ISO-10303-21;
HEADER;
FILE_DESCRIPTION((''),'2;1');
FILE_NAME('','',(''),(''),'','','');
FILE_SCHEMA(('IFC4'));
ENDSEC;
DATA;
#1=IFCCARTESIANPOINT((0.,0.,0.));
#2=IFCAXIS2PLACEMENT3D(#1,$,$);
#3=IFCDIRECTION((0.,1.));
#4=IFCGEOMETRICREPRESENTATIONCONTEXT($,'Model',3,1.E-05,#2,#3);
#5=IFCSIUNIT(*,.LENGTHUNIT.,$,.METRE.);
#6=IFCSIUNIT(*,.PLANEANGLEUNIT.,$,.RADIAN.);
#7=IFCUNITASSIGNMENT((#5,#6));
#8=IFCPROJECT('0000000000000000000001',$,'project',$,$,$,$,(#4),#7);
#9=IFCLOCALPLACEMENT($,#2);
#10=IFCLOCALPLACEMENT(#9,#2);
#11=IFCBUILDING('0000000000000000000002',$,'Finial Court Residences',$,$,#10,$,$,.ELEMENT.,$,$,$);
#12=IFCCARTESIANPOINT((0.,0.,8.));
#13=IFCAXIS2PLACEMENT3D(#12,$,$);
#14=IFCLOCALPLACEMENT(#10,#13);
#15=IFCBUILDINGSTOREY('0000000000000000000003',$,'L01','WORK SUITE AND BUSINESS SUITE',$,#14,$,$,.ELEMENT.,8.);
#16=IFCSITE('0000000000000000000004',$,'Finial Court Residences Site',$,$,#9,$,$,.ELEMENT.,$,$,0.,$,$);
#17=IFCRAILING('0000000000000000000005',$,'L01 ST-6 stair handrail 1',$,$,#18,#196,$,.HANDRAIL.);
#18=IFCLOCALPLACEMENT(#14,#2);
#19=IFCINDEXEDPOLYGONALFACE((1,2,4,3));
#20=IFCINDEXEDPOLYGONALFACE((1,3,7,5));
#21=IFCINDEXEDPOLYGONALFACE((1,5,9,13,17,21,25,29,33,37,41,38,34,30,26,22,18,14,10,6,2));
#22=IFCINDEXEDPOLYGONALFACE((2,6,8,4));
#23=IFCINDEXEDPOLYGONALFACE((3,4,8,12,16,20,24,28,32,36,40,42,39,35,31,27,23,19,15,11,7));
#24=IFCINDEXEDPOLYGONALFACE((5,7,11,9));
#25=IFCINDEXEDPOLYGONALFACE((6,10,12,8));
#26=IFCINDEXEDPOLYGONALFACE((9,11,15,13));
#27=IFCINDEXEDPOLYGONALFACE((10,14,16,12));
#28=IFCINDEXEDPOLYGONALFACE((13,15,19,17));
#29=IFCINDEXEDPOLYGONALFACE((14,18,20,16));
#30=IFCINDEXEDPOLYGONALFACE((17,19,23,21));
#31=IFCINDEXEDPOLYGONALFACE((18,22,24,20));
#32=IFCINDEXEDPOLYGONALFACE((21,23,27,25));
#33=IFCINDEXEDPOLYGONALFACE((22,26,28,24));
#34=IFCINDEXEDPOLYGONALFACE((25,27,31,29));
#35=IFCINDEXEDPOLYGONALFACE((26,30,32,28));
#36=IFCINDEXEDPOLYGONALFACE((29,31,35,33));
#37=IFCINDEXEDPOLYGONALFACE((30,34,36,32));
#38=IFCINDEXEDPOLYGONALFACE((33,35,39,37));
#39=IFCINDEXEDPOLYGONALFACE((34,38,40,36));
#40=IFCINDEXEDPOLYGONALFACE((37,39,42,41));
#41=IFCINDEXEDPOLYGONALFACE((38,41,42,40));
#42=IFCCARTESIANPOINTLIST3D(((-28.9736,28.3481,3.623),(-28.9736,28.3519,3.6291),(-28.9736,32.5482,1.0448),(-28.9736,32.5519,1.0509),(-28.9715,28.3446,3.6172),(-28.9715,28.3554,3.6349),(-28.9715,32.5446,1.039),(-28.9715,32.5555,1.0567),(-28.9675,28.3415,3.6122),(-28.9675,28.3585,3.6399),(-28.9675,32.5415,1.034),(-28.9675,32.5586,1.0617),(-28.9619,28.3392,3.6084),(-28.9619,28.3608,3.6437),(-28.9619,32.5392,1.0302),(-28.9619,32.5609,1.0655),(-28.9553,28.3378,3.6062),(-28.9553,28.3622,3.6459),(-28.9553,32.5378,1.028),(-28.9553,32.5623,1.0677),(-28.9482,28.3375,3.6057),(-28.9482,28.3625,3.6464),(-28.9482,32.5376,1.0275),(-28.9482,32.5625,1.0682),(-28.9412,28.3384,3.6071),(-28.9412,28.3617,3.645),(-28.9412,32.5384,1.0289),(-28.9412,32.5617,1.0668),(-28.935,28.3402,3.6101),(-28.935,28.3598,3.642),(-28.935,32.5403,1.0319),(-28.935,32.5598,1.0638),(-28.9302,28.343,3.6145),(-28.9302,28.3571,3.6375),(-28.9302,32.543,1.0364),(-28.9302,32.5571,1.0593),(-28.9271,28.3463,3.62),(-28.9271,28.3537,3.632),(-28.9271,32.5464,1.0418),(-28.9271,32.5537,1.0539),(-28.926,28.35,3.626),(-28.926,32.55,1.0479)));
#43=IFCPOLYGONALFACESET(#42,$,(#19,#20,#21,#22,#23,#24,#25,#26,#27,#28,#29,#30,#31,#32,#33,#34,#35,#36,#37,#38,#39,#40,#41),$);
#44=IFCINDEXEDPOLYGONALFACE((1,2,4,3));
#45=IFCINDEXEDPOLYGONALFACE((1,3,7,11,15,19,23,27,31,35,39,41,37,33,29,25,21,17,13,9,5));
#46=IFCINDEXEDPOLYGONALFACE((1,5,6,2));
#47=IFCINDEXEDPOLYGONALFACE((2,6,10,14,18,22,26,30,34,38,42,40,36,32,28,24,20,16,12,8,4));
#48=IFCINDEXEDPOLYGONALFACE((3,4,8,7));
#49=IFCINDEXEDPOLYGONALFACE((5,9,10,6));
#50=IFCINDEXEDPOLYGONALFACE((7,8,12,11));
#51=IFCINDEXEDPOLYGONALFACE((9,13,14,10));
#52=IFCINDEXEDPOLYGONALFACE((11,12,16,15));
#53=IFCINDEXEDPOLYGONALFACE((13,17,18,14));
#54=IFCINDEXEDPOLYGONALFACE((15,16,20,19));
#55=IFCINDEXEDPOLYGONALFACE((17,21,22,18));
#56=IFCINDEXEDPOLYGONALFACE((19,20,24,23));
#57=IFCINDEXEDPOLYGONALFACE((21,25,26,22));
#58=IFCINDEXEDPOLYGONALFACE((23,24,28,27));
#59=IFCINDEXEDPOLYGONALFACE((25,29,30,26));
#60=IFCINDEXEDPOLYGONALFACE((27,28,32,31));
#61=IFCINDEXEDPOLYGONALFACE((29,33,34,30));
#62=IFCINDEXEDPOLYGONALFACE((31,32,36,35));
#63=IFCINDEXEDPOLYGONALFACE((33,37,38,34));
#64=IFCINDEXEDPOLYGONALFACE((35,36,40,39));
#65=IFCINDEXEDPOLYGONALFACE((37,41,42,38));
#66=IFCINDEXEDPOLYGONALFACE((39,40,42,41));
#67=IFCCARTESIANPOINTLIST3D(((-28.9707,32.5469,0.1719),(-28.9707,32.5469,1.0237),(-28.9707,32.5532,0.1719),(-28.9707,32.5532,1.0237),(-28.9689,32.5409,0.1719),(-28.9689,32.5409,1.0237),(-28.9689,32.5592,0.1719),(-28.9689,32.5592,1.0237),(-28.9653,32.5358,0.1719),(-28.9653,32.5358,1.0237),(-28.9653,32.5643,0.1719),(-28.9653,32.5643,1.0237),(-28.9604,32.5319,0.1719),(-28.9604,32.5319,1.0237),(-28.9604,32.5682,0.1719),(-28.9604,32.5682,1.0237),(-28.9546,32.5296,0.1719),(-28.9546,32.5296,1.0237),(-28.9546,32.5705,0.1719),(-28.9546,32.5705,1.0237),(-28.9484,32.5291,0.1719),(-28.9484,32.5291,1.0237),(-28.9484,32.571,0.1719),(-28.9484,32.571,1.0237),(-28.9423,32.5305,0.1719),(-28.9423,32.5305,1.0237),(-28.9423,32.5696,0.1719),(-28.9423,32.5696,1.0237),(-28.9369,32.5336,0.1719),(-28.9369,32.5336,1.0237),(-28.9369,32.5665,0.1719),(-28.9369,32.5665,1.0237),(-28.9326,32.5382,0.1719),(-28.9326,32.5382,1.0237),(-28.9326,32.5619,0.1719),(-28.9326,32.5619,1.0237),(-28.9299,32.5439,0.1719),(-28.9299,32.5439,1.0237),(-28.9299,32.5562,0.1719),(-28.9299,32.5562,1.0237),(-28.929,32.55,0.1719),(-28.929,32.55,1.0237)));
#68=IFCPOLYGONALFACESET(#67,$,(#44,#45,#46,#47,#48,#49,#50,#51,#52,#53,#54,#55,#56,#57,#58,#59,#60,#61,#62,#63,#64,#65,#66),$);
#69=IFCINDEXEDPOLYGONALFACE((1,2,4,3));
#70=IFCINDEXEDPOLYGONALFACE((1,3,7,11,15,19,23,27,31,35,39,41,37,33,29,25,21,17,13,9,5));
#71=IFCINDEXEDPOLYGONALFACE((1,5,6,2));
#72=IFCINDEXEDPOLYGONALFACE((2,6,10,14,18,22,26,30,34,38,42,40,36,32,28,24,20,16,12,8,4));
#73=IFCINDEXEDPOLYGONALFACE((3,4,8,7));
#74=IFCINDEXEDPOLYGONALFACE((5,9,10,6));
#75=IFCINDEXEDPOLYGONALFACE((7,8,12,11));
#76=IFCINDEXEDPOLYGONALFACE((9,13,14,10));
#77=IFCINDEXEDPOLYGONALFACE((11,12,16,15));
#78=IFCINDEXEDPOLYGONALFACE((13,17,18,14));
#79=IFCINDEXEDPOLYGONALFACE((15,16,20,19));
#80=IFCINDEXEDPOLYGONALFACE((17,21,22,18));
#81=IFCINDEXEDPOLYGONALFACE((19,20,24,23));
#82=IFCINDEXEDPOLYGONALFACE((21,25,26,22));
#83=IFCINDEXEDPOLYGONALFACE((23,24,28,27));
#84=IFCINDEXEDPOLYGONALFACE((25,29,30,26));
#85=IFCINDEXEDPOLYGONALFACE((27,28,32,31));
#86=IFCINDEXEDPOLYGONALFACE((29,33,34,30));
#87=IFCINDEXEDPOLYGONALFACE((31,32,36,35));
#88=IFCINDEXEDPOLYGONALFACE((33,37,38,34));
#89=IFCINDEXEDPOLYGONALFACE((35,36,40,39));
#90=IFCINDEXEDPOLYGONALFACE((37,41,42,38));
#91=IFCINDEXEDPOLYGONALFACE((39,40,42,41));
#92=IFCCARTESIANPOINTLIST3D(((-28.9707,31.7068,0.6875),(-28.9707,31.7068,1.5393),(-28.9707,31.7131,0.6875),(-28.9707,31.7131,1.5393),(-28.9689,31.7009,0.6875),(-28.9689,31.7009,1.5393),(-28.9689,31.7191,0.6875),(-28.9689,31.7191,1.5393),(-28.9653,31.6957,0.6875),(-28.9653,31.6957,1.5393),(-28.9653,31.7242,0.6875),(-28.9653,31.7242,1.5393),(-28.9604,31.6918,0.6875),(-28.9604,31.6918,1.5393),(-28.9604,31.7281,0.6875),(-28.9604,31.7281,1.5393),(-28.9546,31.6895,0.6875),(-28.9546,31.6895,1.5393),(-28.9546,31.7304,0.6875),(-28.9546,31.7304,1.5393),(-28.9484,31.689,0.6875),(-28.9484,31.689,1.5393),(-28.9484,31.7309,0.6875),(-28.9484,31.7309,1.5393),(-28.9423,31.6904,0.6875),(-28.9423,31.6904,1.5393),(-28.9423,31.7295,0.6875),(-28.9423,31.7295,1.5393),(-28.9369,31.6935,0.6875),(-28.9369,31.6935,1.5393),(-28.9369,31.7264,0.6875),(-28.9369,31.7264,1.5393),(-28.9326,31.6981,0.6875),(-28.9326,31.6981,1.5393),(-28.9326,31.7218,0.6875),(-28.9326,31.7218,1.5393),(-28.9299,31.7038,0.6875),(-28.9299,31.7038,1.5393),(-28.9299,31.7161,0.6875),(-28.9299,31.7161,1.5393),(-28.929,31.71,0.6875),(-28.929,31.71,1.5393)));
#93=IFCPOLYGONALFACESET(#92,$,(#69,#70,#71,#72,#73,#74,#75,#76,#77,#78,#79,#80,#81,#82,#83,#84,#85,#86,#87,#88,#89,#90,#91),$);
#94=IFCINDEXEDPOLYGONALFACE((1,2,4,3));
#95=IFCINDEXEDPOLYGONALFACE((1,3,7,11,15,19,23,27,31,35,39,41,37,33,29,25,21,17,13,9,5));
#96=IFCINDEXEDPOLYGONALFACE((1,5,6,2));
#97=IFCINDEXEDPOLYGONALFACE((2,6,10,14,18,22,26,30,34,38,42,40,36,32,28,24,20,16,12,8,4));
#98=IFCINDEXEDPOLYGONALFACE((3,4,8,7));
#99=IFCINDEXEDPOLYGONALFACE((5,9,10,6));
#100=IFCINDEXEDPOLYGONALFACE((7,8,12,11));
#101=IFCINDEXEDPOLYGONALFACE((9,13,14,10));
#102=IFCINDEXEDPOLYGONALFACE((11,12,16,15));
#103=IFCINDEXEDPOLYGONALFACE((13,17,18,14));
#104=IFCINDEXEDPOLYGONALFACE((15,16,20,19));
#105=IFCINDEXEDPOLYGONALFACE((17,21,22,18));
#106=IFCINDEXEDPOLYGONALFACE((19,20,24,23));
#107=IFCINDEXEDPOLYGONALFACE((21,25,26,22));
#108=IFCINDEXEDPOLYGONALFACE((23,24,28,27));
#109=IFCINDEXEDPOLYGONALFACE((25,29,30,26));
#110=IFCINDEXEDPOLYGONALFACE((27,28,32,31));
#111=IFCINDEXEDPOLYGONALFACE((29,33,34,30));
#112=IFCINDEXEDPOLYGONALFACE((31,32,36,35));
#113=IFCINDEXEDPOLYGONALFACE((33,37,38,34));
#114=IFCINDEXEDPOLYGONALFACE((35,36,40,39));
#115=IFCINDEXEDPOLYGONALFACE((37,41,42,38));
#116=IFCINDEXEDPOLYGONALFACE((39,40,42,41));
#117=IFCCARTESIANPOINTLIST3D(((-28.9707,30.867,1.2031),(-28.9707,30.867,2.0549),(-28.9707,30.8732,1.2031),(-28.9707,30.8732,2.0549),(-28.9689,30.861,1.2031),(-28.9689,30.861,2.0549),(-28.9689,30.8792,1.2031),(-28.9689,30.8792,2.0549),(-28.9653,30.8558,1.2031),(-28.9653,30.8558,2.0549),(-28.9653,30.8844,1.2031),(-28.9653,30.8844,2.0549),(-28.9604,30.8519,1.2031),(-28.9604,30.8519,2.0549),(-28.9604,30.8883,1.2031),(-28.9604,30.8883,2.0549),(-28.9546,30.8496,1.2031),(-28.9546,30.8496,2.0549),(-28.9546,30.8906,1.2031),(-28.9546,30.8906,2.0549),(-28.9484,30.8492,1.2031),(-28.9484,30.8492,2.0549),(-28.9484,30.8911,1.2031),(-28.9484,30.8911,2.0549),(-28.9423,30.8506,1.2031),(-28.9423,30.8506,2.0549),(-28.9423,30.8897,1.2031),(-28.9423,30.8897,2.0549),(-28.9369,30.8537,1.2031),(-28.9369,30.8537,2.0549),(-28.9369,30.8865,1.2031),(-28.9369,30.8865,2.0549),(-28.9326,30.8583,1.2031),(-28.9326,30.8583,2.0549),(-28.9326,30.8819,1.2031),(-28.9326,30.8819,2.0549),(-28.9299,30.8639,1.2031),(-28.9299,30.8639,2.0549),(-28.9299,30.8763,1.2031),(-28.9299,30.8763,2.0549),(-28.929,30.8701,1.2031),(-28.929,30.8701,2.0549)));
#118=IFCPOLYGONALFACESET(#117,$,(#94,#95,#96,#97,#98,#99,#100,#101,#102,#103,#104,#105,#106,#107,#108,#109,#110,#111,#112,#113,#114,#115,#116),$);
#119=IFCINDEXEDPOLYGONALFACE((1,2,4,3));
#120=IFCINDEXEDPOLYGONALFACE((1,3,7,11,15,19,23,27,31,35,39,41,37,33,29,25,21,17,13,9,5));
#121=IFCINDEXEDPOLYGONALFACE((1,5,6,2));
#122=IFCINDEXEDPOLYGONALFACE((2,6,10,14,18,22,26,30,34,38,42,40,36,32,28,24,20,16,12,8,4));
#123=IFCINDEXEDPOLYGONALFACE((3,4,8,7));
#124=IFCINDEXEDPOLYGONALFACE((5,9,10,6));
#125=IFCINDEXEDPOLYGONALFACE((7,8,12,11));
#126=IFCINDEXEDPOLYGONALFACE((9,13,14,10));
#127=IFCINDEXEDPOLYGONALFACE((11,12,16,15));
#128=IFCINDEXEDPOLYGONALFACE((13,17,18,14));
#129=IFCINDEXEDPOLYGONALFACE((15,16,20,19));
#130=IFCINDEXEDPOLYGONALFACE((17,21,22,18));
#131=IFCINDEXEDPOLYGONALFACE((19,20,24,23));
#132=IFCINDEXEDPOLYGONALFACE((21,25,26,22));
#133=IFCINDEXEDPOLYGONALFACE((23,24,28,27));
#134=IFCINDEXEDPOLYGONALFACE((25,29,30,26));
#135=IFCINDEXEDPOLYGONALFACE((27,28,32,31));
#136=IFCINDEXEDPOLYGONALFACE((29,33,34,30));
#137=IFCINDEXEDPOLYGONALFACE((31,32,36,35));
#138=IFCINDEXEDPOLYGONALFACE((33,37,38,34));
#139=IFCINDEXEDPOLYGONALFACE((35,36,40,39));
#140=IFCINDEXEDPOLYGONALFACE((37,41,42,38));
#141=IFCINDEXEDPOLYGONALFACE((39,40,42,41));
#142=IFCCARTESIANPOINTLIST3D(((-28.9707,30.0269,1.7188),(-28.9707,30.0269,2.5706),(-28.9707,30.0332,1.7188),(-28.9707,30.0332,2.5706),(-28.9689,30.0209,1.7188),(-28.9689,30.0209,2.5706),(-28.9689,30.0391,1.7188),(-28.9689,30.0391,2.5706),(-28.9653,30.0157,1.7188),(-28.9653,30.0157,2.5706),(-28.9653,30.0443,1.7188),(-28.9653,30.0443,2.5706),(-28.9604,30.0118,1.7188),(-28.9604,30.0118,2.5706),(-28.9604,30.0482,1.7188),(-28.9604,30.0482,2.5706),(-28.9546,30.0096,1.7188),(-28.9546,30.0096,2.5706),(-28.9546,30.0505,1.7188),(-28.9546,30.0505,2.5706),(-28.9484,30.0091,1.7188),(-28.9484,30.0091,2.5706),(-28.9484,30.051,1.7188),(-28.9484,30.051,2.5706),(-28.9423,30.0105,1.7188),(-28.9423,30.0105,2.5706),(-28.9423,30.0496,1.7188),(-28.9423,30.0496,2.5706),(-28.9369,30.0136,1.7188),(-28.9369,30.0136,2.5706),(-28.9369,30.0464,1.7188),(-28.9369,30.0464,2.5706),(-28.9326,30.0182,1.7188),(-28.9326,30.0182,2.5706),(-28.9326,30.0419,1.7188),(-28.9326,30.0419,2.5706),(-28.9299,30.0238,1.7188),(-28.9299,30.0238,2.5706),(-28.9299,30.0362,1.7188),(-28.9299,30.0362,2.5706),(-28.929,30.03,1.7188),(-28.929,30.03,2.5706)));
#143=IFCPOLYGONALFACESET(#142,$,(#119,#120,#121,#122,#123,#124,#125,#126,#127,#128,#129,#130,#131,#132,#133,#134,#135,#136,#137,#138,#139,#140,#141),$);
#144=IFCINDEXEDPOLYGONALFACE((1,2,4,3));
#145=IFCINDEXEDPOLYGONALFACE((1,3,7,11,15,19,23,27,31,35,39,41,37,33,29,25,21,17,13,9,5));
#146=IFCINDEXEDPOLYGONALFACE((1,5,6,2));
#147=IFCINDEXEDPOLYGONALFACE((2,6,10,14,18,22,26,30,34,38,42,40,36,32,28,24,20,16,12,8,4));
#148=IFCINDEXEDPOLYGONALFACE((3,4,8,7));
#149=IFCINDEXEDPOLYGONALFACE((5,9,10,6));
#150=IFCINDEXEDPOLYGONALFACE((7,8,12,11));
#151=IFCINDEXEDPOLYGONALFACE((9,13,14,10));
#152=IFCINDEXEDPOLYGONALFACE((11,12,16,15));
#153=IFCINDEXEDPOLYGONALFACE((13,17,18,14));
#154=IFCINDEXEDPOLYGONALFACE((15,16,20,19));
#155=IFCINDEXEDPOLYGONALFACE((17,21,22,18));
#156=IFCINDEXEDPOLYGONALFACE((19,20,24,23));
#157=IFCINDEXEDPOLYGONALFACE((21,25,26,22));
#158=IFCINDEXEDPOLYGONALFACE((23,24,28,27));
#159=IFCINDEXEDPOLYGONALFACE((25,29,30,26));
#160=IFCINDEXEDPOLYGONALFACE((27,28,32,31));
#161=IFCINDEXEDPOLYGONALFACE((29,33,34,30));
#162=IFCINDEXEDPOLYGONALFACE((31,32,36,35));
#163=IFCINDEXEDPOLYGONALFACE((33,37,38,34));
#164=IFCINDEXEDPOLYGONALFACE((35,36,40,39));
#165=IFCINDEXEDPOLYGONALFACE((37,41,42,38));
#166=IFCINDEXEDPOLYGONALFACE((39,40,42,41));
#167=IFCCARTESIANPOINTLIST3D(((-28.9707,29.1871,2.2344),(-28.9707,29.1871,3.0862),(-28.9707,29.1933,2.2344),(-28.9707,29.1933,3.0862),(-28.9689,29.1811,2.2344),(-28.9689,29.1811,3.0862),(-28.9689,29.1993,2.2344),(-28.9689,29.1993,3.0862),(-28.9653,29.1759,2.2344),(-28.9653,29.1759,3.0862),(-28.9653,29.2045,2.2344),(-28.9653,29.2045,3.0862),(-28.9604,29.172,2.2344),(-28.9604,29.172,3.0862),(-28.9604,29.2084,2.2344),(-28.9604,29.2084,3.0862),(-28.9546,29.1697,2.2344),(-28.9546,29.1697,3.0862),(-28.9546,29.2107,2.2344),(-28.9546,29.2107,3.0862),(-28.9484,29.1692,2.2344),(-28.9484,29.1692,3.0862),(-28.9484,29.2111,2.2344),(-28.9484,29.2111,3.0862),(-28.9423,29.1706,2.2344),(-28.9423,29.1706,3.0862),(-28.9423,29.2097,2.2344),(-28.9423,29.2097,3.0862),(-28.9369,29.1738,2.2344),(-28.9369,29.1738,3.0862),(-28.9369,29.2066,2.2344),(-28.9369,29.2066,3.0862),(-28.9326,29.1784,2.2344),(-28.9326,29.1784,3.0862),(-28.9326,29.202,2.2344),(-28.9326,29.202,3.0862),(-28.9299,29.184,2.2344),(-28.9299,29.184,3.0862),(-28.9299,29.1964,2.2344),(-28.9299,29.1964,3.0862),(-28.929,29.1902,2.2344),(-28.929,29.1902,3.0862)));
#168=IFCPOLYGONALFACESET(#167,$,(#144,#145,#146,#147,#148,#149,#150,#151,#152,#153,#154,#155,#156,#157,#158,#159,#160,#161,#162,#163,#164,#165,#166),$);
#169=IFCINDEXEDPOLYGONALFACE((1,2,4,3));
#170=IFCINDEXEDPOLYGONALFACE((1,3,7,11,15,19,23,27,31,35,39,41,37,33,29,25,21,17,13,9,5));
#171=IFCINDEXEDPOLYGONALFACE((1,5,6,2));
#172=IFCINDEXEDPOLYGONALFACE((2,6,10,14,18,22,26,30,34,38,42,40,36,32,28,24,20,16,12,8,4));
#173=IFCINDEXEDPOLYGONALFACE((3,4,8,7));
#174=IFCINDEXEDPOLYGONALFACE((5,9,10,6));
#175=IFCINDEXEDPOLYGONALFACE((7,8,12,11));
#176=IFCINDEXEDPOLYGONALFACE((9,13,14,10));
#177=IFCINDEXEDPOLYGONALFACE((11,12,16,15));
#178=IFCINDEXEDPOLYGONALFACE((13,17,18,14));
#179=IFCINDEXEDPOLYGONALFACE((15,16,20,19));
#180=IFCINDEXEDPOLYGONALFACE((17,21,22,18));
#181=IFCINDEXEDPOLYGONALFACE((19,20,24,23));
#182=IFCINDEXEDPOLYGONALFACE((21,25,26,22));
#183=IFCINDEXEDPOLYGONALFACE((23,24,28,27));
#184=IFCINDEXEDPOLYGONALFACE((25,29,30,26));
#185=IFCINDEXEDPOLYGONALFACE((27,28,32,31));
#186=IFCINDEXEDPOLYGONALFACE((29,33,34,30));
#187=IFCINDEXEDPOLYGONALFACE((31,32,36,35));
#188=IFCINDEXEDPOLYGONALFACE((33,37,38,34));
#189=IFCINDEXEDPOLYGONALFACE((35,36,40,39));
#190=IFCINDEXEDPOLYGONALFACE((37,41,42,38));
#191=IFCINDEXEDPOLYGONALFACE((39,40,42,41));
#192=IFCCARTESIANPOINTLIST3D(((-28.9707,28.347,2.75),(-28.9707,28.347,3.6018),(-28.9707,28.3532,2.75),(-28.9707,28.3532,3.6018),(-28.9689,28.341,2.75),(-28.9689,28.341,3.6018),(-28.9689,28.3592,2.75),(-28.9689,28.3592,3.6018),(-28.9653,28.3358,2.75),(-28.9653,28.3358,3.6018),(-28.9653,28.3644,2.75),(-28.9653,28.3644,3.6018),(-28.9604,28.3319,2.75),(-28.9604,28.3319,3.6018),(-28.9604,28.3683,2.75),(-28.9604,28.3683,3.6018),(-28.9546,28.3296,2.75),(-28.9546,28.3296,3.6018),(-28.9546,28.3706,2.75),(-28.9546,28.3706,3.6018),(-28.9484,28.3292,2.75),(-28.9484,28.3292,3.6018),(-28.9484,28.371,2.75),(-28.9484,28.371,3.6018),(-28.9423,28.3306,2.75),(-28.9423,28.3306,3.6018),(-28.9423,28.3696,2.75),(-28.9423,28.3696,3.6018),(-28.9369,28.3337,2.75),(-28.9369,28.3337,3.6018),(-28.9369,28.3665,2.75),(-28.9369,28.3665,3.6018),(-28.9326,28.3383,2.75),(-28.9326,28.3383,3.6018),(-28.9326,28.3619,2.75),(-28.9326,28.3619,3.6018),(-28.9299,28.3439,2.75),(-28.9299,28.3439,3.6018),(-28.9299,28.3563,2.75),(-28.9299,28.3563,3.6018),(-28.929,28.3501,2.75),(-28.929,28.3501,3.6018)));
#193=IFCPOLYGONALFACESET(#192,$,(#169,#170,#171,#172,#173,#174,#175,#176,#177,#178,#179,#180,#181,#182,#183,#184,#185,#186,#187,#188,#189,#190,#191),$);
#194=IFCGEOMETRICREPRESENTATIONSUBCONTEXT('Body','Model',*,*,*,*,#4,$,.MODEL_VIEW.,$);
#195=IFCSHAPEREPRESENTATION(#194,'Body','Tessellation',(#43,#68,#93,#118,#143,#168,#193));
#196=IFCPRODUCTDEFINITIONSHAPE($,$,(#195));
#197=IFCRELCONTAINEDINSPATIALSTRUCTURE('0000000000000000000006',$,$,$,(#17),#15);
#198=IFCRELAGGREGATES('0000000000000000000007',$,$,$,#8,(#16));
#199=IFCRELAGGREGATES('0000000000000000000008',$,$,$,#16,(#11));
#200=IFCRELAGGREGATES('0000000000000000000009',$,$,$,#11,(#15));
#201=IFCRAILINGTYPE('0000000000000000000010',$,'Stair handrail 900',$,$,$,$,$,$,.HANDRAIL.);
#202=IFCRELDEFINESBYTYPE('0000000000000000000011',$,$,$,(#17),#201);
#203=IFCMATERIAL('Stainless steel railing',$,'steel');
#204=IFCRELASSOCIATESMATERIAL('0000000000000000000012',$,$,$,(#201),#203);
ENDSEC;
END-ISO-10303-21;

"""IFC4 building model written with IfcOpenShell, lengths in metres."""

from ifc_helpers import new_model, si_unit, direction, frame, origin, origin_2d, place, context, subcontext, project, spatial, circle, extrude, material, type_object, element, save


model = new_model("IFC4")

# Units and contexts
model_context = context("Model", 3, precision=1e-05, world=origin(), true_north=direction((0.0, 1.0)))
body_context = subcontext(model_context, "Body", "Model", "MODEL_VIEW")
ifc_project = project(units=[si_unit("LENGTHUNIT", "METRE"), si_unit("PLANEANGLEUNIT", "RADIAN")], contexts=[model_context])

# Site, building, storey
site_placement = place(None, origin())
site = spatial("IfcSite", under=ifc_project, at=site_placement, Name="Finial Court Residences Site", CompositionType="ELEMENT", RefElevation=0.0)
building_placement = place(site_placement, origin())
building = spatial("IfcBuilding", under=site, at=building_placement, Name="Finial Court Residences", CompositionType="ELEMENT")
storey_placement = place(building_placement, frame((0.0, 0.0, 8.0)))
storey = spatial("IfcBuildingStorey", under=building, at=storey_placement, Name="L01", Description="WORK SUITE AND BUSINESS SUITE", CompositionType="ELEMENT", Elevation=8.0)

# Railing
ifc_material_1 = material(Name="Stainless steel railing", Category="steel")
railing_type_1 = type_object("IfcRailingType", Name="Stair handrail 900", PredefinedType="HANDRAIL", material=ifc_material_1)
railing_1_placement = place(storey_placement, frame((-28.95, 32.55, 0.1719)))
element("IfcRailing", 1, at=railing_1_placement, inside=storey, type_object=railing_type_1, Name="L01 ST-6 stair handrail 1", PredefinedType="HANDRAIL", context=body_context, shape_type="SweptSolid", body=[
    extrude(circle(Radius=0.0239, at=origin_2d()), frame((0.0, 0.0, 0.876), z_axis=(0.0, -0.852243, 0.523146), x_axis=(1.0, 0.0, 0.0)), (0.0, 0.0, 1.0), 4.9282),
    extrude(circle(Radius=0.021, at=origin_2d()), origin(), (0.0, 0.0, 1.0), 0.8518),
    extrude(circle(Radius=0.021, at=origin_2d()), frame((0.0, -0.8401, 0.5156)), (0.0, 0.0, 1.0), 0.8518),
    extrude(circle(Radius=0.021, at=origin_2d()), frame((0.0, -1.6799, 1.0312)), (0.0, 0.0, 1.0), 0.8518),
    extrude(circle(Radius=0.021, at=origin_2d()), frame((0.0, -2.52, 1.5469)), (0.0, 0.0, 1.0), 0.8518),
    extrude(circle(Radius=0.021, at=origin_2d()), frame((0.0, -3.3599, 2.0625)), (0.0, 0.0, 1.0), 0.8518),
    extrude(circle(Radius=0.021, at=origin_2d()), frame((0.0, -4.2, 2.5781)), (0.0, 0.0, 1.0), 0.8518),
])

save(model, "model.ifc")
